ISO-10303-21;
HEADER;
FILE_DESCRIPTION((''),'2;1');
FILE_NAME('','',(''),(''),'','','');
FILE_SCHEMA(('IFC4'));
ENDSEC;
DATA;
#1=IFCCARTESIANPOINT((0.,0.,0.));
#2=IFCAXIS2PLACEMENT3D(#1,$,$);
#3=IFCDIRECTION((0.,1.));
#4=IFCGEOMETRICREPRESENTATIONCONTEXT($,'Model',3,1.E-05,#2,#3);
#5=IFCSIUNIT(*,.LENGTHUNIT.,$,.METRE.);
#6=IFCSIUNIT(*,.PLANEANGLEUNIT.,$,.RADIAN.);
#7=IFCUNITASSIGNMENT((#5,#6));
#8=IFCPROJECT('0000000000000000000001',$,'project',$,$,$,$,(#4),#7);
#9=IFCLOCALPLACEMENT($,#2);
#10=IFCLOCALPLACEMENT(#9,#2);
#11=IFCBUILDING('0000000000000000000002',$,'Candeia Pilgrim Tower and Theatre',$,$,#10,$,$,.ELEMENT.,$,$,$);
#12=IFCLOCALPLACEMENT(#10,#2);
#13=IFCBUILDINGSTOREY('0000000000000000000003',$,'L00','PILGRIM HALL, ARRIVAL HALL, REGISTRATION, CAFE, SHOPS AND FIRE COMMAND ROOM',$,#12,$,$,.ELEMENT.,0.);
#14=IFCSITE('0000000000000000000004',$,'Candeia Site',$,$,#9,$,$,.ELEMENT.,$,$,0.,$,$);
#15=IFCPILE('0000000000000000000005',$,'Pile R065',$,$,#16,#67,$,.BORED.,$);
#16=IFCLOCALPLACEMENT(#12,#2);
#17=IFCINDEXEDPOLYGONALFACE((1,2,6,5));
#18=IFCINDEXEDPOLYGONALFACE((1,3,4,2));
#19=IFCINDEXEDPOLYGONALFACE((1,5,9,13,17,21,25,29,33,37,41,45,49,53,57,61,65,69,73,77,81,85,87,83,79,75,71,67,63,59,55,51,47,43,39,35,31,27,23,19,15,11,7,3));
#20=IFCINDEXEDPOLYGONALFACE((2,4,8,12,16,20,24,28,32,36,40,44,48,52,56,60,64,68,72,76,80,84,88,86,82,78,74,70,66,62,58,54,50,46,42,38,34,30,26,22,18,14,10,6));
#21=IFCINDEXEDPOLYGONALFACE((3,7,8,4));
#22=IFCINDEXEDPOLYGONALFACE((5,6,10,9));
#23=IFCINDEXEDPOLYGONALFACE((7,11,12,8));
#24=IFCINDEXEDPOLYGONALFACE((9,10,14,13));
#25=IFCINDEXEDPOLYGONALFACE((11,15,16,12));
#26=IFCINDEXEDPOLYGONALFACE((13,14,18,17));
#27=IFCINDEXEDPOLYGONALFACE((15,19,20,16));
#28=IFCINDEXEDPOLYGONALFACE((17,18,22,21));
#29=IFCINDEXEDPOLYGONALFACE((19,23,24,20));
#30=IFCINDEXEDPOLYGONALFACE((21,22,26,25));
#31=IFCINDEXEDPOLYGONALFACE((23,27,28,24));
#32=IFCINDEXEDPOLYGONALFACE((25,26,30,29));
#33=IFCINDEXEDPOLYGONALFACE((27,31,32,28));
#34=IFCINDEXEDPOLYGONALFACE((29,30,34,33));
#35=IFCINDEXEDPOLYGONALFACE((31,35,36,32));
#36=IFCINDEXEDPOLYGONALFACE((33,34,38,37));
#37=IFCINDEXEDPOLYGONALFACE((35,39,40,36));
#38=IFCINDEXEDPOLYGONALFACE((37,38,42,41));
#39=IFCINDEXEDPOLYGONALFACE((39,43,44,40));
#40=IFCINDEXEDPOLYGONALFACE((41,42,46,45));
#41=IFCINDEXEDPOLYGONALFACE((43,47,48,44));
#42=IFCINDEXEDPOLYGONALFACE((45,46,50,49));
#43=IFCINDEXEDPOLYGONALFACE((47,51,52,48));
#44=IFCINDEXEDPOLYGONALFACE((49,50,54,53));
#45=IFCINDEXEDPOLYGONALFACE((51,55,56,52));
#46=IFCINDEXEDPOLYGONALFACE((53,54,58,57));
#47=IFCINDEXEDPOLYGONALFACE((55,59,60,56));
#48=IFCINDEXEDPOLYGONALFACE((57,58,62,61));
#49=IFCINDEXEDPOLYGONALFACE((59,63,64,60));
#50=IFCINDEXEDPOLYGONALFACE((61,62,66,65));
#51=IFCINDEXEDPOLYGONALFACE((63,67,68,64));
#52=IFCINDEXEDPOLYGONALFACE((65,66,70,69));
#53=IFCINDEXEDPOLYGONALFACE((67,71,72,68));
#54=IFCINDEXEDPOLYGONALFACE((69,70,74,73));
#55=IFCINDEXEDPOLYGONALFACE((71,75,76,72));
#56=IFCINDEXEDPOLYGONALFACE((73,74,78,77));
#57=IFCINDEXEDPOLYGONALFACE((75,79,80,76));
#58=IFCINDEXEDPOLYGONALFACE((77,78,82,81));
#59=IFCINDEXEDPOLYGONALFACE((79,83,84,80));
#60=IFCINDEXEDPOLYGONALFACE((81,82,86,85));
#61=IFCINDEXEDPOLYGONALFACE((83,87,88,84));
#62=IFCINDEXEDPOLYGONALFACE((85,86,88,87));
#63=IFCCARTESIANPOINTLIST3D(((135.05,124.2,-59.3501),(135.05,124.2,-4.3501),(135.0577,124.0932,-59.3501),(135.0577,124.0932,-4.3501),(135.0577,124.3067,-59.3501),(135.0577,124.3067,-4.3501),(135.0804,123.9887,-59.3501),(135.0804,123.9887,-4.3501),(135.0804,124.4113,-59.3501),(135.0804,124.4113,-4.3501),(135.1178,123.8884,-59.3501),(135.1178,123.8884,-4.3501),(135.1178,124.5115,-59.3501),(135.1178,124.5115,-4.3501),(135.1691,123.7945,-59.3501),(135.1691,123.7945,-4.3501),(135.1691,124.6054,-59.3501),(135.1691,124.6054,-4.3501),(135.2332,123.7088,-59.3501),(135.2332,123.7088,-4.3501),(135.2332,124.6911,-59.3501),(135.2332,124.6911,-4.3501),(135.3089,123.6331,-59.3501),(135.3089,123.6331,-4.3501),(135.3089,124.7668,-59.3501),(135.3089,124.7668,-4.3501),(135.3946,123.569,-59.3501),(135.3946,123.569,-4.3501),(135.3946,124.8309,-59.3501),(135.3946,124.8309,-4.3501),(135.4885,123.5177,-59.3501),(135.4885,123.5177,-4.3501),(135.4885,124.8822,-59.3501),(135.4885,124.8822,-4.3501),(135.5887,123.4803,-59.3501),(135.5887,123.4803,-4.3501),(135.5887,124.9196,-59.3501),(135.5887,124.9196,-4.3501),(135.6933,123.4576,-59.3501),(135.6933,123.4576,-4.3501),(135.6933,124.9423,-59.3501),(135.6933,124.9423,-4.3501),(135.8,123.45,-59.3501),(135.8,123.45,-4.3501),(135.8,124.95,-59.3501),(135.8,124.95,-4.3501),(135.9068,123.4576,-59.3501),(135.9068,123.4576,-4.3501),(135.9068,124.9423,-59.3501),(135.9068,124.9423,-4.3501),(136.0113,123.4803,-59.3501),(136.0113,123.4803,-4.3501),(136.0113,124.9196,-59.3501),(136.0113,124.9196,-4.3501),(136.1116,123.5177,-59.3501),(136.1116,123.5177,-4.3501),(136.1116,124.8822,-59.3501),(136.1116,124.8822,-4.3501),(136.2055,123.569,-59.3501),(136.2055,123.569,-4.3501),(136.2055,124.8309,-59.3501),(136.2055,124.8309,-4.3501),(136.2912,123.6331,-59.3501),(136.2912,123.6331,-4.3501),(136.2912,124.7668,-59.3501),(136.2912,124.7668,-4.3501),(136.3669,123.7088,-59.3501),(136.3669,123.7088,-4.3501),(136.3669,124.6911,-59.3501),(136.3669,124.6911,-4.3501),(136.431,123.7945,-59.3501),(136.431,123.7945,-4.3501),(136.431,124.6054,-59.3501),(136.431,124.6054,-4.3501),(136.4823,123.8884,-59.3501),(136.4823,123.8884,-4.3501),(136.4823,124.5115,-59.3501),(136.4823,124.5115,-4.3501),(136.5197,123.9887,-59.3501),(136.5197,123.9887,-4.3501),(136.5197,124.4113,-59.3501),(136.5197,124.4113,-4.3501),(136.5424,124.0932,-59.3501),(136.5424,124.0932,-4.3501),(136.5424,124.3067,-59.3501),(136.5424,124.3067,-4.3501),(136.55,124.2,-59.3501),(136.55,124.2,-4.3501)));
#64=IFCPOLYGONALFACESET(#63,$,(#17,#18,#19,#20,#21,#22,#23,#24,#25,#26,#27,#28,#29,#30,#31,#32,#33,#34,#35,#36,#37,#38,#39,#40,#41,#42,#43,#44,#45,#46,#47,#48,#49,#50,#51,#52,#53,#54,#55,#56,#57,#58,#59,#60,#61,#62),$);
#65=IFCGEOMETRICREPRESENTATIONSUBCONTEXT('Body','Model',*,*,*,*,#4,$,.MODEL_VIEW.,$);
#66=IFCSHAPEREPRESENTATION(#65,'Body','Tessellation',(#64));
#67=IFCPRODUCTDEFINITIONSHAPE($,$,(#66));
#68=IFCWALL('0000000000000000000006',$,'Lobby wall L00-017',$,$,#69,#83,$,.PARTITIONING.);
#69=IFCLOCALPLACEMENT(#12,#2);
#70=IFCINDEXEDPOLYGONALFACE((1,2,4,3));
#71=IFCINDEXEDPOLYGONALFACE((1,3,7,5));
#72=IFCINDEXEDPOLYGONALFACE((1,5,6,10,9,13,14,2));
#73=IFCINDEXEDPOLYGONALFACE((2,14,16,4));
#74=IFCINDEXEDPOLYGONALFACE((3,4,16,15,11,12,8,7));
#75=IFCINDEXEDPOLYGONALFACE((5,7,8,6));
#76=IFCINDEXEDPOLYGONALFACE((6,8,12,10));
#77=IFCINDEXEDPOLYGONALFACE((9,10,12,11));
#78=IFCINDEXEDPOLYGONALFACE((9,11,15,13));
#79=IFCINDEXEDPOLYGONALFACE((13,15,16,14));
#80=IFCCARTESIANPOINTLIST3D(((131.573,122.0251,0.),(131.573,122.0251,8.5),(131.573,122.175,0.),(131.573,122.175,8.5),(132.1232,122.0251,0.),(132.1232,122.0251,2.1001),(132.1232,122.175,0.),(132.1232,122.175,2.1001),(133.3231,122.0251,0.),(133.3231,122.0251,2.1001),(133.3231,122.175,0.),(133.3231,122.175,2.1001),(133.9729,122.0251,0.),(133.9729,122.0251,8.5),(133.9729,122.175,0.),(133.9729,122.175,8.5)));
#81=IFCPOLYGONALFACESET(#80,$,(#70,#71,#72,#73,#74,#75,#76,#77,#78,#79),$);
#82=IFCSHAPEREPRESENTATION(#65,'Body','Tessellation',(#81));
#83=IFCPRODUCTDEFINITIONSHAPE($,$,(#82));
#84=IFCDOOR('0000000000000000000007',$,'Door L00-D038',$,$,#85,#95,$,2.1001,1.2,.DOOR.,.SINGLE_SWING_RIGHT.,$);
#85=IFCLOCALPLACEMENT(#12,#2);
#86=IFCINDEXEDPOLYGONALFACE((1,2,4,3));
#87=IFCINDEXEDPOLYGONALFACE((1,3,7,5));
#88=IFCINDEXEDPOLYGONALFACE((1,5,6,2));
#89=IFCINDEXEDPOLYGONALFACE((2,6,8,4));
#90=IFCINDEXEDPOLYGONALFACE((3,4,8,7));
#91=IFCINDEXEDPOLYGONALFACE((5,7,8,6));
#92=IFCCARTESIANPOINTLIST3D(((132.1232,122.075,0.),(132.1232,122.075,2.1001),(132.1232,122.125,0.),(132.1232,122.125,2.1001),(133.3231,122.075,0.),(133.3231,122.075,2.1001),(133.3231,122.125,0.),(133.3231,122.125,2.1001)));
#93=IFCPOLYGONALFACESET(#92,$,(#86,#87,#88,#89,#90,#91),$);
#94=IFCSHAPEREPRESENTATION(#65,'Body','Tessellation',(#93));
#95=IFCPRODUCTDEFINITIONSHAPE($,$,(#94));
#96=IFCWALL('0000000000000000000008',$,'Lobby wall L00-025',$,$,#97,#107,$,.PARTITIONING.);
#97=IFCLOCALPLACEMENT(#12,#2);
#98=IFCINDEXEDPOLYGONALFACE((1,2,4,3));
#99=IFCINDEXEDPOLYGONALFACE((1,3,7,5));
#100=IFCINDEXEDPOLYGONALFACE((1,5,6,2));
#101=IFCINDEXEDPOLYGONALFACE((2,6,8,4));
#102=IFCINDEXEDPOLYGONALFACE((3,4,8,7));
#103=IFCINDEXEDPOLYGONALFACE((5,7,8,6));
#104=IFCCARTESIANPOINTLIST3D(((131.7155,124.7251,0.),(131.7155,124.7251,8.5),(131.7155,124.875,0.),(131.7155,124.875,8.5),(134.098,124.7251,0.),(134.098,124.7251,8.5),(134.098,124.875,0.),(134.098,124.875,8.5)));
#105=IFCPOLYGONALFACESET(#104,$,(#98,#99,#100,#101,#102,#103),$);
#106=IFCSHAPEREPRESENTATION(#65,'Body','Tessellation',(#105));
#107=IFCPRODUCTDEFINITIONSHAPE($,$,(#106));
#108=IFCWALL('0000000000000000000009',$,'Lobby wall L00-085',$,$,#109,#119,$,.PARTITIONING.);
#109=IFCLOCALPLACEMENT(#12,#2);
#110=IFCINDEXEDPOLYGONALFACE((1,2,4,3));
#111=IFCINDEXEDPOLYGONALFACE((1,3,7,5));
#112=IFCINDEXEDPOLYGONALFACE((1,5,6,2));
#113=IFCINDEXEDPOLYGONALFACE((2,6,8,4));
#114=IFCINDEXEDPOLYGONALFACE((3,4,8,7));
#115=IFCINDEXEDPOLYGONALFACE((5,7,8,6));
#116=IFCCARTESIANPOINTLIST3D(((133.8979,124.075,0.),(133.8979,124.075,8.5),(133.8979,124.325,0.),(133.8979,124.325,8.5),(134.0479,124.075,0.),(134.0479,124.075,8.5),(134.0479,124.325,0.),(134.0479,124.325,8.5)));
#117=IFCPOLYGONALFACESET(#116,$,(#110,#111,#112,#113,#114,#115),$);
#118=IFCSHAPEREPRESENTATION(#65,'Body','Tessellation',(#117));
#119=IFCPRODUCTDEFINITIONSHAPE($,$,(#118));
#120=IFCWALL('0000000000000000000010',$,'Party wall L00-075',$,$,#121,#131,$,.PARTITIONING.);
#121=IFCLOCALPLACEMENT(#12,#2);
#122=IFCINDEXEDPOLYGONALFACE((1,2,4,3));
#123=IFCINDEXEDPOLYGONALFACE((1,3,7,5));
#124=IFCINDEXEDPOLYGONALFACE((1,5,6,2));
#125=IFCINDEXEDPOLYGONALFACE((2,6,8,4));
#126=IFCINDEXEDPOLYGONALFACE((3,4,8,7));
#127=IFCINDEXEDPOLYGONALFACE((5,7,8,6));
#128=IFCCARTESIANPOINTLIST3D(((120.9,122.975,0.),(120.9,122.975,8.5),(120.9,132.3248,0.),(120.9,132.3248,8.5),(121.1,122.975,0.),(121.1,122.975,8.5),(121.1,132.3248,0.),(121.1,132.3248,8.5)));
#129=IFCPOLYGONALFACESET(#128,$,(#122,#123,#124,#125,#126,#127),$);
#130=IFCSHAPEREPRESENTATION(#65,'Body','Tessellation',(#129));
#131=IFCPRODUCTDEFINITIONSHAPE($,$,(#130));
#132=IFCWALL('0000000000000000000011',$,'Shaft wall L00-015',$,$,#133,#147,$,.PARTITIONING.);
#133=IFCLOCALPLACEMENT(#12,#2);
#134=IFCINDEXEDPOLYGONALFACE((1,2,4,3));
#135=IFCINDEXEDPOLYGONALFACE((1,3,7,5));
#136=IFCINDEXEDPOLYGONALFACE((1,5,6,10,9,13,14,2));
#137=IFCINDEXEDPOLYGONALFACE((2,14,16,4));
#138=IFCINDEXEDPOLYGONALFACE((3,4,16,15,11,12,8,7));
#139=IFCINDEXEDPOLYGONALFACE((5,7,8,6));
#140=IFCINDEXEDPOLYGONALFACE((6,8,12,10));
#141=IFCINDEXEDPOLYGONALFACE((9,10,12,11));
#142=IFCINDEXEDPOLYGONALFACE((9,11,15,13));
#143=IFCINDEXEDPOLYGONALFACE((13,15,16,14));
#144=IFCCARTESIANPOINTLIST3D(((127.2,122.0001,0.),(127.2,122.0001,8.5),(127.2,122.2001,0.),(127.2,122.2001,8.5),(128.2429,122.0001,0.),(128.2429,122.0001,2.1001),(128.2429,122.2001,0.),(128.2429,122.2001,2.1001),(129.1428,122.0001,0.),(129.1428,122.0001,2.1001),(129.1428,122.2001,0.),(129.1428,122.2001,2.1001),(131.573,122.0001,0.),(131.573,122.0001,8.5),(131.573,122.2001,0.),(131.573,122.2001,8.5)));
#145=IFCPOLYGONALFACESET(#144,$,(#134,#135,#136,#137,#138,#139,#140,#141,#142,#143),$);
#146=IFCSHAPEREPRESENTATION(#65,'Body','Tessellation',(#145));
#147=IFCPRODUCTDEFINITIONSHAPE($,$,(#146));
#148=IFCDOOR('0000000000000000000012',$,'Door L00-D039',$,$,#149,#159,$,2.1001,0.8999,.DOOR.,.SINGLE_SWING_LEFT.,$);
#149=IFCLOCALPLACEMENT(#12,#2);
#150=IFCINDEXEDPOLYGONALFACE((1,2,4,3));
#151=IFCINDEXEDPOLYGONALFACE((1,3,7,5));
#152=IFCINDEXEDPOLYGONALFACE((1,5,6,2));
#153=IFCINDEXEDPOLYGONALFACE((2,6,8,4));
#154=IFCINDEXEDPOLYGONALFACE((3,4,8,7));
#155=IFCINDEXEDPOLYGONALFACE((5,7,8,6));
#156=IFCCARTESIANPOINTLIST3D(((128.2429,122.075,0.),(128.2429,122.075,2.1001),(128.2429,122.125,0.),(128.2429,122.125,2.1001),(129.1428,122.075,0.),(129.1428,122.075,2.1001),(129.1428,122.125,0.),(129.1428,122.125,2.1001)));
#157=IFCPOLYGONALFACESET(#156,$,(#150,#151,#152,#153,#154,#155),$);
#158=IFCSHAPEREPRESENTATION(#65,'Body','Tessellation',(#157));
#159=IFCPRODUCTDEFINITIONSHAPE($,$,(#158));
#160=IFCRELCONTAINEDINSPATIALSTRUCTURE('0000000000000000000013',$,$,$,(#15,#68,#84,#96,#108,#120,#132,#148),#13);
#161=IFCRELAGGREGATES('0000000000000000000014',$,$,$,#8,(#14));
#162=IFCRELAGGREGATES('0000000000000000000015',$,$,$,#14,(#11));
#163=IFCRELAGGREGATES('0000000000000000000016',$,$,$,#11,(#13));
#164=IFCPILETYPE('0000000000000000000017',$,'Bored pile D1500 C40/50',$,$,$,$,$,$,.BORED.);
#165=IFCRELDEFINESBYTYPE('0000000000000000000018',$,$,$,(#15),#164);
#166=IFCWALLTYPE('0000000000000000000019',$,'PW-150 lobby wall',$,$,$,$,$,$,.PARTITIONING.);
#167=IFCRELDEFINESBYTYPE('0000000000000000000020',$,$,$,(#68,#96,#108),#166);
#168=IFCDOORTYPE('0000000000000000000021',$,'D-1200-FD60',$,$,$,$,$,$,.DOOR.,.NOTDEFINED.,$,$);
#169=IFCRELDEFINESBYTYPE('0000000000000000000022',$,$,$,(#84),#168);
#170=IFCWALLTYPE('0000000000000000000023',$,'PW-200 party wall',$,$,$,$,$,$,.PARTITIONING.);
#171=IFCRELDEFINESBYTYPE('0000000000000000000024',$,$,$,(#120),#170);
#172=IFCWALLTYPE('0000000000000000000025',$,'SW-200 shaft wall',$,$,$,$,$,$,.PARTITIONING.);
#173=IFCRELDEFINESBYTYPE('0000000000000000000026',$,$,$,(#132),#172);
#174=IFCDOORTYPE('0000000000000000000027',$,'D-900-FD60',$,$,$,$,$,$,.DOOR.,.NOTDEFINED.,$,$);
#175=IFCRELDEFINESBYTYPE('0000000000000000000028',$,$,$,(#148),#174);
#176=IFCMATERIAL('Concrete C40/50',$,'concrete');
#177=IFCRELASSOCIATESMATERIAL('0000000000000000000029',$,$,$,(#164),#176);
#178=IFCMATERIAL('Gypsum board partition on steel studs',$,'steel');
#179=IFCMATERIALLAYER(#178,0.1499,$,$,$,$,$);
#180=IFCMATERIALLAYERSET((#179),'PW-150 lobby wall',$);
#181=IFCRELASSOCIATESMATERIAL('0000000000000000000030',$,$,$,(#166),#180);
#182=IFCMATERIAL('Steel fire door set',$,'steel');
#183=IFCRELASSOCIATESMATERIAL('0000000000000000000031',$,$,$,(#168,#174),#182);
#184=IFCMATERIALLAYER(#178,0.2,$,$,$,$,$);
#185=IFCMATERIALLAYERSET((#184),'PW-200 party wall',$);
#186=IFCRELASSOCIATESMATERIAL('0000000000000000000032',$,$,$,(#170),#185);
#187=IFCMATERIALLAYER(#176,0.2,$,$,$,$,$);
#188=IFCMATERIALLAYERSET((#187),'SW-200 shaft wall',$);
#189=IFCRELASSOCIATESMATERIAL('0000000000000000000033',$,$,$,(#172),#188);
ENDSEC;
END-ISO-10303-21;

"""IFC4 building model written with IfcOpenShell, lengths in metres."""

from ifc_helpers import new_model, si_unit, direction, frame, frame_2d, origin, origin_2d, place, context, subcontext, project, spatial, rectangle, circle, extrude, material, layer, layer_set, material_profile, profile_set, type_object, element, fill, save


model = new_model("IFC4")

# Units and contexts
model_context = context("Model", 3, precision=1e-05, world=origin(), true_north=direction((0.0, 1.0)))
body_context = subcontext(model_context, "Body", "Model", "MODEL_VIEW")
ifc_project = project(units=[si_unit("LENGTHUNIT", "METRE"), si_unit("PLANEANGLEUNIT", "RADIAN")], contexts=[model_context])

# Site, building, storey
site_placement = place(None, origin())
site = spatial("IfcSite", under=ifc_project, at=site_placement, Name="Candeia Site", CompositionType="ELEMENT", RefElevation=0.0)
building_placement = place(site_placement, origin())
building = spatial("IfcBuilding", under=site, at=building_placement, Name="Candeia Pilgrim Tower and Theatre", CompositionType="ELEMENT")
storey_placement = place(building_placement, origin())
storey = spatial("IfcBuildingStorey", under=building, at=storey_placement, Name="L00", Description="PILGRIM HALL, ARRIVAL HALL, REGISTRATION, CAFE, SHOPS AND FIRE COMMAND ROOM", CompositionType="ELEMENT", Elevation=0.0)

# Pile
ifc_material_1 = material(Name="Concrete C40/50", Category="concrete")
ifc_material_profile = material_profile(ifc_material_1, circle(Radius=0.75, at=origin_2d()))
ifc_profile_set = profile_set([ifc_material_profile], Name="Concrete C40/50")
pile_type = type_object("IfcPileType", Name="Bored pile D1500 C40/50", PredefinedType="BORED", material=ifc_profile_set)
for number, where, z_axis, x_axis, name in (
    (1, (135.8, 124.2, -4.3501), (0.0, 0.0, -1.0), (1.0, 0.0, 0.0), "Pile R065"),
):
    element("IfcPile", number, at=place(storey_placement, frame(where, z_axis=z_axis, x_axis=x_axis)), inside=storey, type_object=pile_type, Name=name, PredefinedType="BORED", context=body_context, shape_type="SweptSolid", body=[
        extrude(circle(Radius=0.75, at=origin_2d()), origin(), (0.0, 0.0, 1.0), 55.0),
    ])

# Wall, opening, door
ifc_material_2 = material(Name="Gypsum board partition on steel studs", Category="steel")
ifc_layer_1 = layer(ifc_material_2, 0.1499)
ifc_layer_set_1 = layer_set([ifc_layer_1], Name="PW-150 lobby wall")
wall_type_1 = type_object("IfcWallType", Name="PW-150 lobby wall", PredefinedType="PARTITIONING", material=ifc_layer_set_1)
wall_1_placement = place(storey_placement, frame((131.573, 122.1001, 0.0), z_axis=(0.0, 0.0, 1.0), x_axis=(1.0, 0.0, 0.0)))
wall_1 = element("IfcWall", 2, at=wall_1_placement, inside=storey, type_object=wall_type_1, Name="Lobby wall L00-017", PredefinedType="PARTITIONING", context=body_context, shape_type="SweptSolid", body=[
    extrude(rectangle(XDim=2.3999, YDim=0.1499, at=frame_2d((1.2, 0.0))), origin(), (0.0, 0.0, 1.0), 8.5),
])
opening_1_placement = place(wall_1_placement, frame((0.55, 0.0, 0.0)))
opening_1 = element("IfcOpeningElement", 3, at=opening_1_placement, cuts=wall_1, PredefinedType="OPENING", context=body_context, shape_type="SweptSolid", body=[
    extrude(rectangle(XDim=1.2, YDim=2.1001, at=frame_2d((0.6001, 1.05))), frame((0.0, 0.085, 0.0), z_axis=(0.0, -1.0, 0.0), x_axis=(1.0, 0.0, 0.0)), (0.0, 0.0, 1.0), 0.1699),
])
ifc_material_3 = material(Name="Steel fire door set", Category="steel")
door_type_1 = type_object("IfcDoorType", Name="D-1200-FD60", OperationType="NOTDEFINED", PredefinedType="DOOR", material=ifc_material_3)
door_1_placement = place(opening_1_placement, origin())
door_1 = element("IfcDoor", 4, at=door_1_placement, inside=storey, type_object=door_type_1, Name="Door L00-D038", OperationType="SINGLE_SWING_RIGHT", OverallHeight=2.1001, OverallWidth=1.2, PredefinedType="DOOR", context=body_context, shape_type="SweptSolid", body=[
    extrude(rectangle(XDim=1.2, YDim=2.1001, at=frame_2d((0.6001, 1.05))), frame((0.0, 0.0249, 0.0), z_axis=(0.0, -1.0, 0.0), x_axis=(1.0, 0.0, 0.0)), (0.0, 0.0, 1.0), 0.05),
])
fill(opening_1, door_1)

# Walls
wall_2_placement = place(storey_placement, frame((131.7153, 124.8, 0.0), z_axis=(0.0, 0.0, 1.0), x_axis=(1.0, 0.0, 0.0)))
element("IfcWall", 5, at=wall_2_placement, inside=storey, type_object=wall_type_1, Name="Lobby wall L00-025", PredefinedType="PARTITIONING", context=body_context, shape_type="SweptSolid", body=[
    extrude(rectangle(XDim=2.3826, YDim=0.1499, at=frame_2d((1.1914, 0.0))), origin(), (0.0, 0.0, 1.0), 8.5),
])
wall_3_placement = place(storey_placement, frame((133.9729, 124.075, 0.0), z_axis=(0.0, 0.0, 1.0), x_axis=(0.0, 1.0, 0.0)))
element("IfcWall", 6, at=wall_3_placement, inside=storey, type_object=wall_type_1, Name="Lobby wall L00-085", PredefinedType="PARTITIONING", context=body_context, shape_type="SweptSolid", body=[
    extrude(rectangle(XDim=0.25, YDim=0.1499, at=frame_2d((0.125, 0.0))), origin(), (0.0, 0.0, 1.0), 8.5),
])
ifc_layer_2 = layer(ifc_material_2, 0.2)
ifc_layer_set_2 = layer_set([ifc_layer_2], Name="PW-200 party wall")
wall_type_2 = type_object("IfcWallType", Name="PW-200 party wall", PredefinedType="PARTITIONING", material=ifc_layer_set_2)
wall_4_placement = place(storey_placement, frame((121.0, 122.9751, 0.0), z_axis=(0.0, 0.0, 1.0), x_axis=(0.0, 1.0, 0.0)))
element("IfcWall", 7, at=wall_4_placement, inside=storey, type_object=wall_type_2, Name="Party wall L00-075", PredefinedType="PARTITIONING", context=body_context, shape_type="SweptSolid", body=[
    extrude(rectangle(XDim=9.3499, YDim=0.2, at=frame_2d((4.6748, 0.0))), origin(), (0.0, 0.0, 1.0), 8.5),
])

# Wall, opening, door
ifc_layer_3 = layer(ifc_material_1, 0.2)
ifc_layer_set_3 = layer_set([ifc_layer_3], Name="SW-200 shaft wall")
wall_type_3 = type_object("IfcWallType", Name="SW-200 shaft wall", PredefinedType="PARTITIONING", material=ifc_layer_set_3)
wall_5_placement = place(storey_placement, frame((127.2, 122.1001, 0.0), z_axis=(0.0, 0.0, 1.0), x_axis=(1.0, 0.0, 0.0)))
wall_5 = element("IfcWall", 8, at=wall_5_placement, inside=storey, type_object=wall_type_3, Name="Shaft wall L00-015", PredefinedType="PARTITIONING", context=body_context, shape_type="SweptSolid", body=[
    extrude(rectangle(XDim=4.373, YDim=0.2, at=frame_2d((2.1865, 0.0))), origin(), (0.0, 0.0, 1.0), 8.5),
])
opening_2_placement = place(wall_5_placement, frame((1.043, 0.0, 0.0)))
opening_2 = element("IfcOpeningElement", 9, at=opening_2_placement, cuts=wall_5, PredefinedType="OPENING", context=body_context, shape_type="SweptSolid", body=[
    extrude(rectangle(XDim=0.8999, YDim=2.1001, at=frame_2d((0.45, 1.05))), frame((0.0, 0.1099, 0.0), z_axis=(0.0, -1.0, 0.0), x_axis=(1.0, 0.0, 0.0)), (0.0, 0.0, 1.0), 0.22),
])
door_type_2 = type_object("IfcDoorType", Name="D-900-FD60", OperationType="NOTDEFINED", PredefinedType="DOOR", material=ifc_material_3)
door_2_placement = place(opening_2_placement, origin())
door_2 = element("IfcDoor", 10, at=door_2_placement, inside=storey, type_object=door_type_2, Name="Door L00-D039", OperationType="SINGLE_SWING_LEFT", OverallHeight=2.1001, OverallWidth=0.8999, PredefinedType="DOOR", context=body_context, shape_type="SweptSolid", body=[
    extrude(rectangle(XDim=0.8999, YDim=2.1001, at=frame_2d((0.45, 1.05))), frame((0.0, 0.0249, 0.0), z_axis=(0.0, -1.0, 0.0), x_axis=(1.0, 0.0, 0.0)), (0.0, 0.0, 1.0), 0.05),
])
fill(opening_2, door_2)

save(model, "model.ifc")
